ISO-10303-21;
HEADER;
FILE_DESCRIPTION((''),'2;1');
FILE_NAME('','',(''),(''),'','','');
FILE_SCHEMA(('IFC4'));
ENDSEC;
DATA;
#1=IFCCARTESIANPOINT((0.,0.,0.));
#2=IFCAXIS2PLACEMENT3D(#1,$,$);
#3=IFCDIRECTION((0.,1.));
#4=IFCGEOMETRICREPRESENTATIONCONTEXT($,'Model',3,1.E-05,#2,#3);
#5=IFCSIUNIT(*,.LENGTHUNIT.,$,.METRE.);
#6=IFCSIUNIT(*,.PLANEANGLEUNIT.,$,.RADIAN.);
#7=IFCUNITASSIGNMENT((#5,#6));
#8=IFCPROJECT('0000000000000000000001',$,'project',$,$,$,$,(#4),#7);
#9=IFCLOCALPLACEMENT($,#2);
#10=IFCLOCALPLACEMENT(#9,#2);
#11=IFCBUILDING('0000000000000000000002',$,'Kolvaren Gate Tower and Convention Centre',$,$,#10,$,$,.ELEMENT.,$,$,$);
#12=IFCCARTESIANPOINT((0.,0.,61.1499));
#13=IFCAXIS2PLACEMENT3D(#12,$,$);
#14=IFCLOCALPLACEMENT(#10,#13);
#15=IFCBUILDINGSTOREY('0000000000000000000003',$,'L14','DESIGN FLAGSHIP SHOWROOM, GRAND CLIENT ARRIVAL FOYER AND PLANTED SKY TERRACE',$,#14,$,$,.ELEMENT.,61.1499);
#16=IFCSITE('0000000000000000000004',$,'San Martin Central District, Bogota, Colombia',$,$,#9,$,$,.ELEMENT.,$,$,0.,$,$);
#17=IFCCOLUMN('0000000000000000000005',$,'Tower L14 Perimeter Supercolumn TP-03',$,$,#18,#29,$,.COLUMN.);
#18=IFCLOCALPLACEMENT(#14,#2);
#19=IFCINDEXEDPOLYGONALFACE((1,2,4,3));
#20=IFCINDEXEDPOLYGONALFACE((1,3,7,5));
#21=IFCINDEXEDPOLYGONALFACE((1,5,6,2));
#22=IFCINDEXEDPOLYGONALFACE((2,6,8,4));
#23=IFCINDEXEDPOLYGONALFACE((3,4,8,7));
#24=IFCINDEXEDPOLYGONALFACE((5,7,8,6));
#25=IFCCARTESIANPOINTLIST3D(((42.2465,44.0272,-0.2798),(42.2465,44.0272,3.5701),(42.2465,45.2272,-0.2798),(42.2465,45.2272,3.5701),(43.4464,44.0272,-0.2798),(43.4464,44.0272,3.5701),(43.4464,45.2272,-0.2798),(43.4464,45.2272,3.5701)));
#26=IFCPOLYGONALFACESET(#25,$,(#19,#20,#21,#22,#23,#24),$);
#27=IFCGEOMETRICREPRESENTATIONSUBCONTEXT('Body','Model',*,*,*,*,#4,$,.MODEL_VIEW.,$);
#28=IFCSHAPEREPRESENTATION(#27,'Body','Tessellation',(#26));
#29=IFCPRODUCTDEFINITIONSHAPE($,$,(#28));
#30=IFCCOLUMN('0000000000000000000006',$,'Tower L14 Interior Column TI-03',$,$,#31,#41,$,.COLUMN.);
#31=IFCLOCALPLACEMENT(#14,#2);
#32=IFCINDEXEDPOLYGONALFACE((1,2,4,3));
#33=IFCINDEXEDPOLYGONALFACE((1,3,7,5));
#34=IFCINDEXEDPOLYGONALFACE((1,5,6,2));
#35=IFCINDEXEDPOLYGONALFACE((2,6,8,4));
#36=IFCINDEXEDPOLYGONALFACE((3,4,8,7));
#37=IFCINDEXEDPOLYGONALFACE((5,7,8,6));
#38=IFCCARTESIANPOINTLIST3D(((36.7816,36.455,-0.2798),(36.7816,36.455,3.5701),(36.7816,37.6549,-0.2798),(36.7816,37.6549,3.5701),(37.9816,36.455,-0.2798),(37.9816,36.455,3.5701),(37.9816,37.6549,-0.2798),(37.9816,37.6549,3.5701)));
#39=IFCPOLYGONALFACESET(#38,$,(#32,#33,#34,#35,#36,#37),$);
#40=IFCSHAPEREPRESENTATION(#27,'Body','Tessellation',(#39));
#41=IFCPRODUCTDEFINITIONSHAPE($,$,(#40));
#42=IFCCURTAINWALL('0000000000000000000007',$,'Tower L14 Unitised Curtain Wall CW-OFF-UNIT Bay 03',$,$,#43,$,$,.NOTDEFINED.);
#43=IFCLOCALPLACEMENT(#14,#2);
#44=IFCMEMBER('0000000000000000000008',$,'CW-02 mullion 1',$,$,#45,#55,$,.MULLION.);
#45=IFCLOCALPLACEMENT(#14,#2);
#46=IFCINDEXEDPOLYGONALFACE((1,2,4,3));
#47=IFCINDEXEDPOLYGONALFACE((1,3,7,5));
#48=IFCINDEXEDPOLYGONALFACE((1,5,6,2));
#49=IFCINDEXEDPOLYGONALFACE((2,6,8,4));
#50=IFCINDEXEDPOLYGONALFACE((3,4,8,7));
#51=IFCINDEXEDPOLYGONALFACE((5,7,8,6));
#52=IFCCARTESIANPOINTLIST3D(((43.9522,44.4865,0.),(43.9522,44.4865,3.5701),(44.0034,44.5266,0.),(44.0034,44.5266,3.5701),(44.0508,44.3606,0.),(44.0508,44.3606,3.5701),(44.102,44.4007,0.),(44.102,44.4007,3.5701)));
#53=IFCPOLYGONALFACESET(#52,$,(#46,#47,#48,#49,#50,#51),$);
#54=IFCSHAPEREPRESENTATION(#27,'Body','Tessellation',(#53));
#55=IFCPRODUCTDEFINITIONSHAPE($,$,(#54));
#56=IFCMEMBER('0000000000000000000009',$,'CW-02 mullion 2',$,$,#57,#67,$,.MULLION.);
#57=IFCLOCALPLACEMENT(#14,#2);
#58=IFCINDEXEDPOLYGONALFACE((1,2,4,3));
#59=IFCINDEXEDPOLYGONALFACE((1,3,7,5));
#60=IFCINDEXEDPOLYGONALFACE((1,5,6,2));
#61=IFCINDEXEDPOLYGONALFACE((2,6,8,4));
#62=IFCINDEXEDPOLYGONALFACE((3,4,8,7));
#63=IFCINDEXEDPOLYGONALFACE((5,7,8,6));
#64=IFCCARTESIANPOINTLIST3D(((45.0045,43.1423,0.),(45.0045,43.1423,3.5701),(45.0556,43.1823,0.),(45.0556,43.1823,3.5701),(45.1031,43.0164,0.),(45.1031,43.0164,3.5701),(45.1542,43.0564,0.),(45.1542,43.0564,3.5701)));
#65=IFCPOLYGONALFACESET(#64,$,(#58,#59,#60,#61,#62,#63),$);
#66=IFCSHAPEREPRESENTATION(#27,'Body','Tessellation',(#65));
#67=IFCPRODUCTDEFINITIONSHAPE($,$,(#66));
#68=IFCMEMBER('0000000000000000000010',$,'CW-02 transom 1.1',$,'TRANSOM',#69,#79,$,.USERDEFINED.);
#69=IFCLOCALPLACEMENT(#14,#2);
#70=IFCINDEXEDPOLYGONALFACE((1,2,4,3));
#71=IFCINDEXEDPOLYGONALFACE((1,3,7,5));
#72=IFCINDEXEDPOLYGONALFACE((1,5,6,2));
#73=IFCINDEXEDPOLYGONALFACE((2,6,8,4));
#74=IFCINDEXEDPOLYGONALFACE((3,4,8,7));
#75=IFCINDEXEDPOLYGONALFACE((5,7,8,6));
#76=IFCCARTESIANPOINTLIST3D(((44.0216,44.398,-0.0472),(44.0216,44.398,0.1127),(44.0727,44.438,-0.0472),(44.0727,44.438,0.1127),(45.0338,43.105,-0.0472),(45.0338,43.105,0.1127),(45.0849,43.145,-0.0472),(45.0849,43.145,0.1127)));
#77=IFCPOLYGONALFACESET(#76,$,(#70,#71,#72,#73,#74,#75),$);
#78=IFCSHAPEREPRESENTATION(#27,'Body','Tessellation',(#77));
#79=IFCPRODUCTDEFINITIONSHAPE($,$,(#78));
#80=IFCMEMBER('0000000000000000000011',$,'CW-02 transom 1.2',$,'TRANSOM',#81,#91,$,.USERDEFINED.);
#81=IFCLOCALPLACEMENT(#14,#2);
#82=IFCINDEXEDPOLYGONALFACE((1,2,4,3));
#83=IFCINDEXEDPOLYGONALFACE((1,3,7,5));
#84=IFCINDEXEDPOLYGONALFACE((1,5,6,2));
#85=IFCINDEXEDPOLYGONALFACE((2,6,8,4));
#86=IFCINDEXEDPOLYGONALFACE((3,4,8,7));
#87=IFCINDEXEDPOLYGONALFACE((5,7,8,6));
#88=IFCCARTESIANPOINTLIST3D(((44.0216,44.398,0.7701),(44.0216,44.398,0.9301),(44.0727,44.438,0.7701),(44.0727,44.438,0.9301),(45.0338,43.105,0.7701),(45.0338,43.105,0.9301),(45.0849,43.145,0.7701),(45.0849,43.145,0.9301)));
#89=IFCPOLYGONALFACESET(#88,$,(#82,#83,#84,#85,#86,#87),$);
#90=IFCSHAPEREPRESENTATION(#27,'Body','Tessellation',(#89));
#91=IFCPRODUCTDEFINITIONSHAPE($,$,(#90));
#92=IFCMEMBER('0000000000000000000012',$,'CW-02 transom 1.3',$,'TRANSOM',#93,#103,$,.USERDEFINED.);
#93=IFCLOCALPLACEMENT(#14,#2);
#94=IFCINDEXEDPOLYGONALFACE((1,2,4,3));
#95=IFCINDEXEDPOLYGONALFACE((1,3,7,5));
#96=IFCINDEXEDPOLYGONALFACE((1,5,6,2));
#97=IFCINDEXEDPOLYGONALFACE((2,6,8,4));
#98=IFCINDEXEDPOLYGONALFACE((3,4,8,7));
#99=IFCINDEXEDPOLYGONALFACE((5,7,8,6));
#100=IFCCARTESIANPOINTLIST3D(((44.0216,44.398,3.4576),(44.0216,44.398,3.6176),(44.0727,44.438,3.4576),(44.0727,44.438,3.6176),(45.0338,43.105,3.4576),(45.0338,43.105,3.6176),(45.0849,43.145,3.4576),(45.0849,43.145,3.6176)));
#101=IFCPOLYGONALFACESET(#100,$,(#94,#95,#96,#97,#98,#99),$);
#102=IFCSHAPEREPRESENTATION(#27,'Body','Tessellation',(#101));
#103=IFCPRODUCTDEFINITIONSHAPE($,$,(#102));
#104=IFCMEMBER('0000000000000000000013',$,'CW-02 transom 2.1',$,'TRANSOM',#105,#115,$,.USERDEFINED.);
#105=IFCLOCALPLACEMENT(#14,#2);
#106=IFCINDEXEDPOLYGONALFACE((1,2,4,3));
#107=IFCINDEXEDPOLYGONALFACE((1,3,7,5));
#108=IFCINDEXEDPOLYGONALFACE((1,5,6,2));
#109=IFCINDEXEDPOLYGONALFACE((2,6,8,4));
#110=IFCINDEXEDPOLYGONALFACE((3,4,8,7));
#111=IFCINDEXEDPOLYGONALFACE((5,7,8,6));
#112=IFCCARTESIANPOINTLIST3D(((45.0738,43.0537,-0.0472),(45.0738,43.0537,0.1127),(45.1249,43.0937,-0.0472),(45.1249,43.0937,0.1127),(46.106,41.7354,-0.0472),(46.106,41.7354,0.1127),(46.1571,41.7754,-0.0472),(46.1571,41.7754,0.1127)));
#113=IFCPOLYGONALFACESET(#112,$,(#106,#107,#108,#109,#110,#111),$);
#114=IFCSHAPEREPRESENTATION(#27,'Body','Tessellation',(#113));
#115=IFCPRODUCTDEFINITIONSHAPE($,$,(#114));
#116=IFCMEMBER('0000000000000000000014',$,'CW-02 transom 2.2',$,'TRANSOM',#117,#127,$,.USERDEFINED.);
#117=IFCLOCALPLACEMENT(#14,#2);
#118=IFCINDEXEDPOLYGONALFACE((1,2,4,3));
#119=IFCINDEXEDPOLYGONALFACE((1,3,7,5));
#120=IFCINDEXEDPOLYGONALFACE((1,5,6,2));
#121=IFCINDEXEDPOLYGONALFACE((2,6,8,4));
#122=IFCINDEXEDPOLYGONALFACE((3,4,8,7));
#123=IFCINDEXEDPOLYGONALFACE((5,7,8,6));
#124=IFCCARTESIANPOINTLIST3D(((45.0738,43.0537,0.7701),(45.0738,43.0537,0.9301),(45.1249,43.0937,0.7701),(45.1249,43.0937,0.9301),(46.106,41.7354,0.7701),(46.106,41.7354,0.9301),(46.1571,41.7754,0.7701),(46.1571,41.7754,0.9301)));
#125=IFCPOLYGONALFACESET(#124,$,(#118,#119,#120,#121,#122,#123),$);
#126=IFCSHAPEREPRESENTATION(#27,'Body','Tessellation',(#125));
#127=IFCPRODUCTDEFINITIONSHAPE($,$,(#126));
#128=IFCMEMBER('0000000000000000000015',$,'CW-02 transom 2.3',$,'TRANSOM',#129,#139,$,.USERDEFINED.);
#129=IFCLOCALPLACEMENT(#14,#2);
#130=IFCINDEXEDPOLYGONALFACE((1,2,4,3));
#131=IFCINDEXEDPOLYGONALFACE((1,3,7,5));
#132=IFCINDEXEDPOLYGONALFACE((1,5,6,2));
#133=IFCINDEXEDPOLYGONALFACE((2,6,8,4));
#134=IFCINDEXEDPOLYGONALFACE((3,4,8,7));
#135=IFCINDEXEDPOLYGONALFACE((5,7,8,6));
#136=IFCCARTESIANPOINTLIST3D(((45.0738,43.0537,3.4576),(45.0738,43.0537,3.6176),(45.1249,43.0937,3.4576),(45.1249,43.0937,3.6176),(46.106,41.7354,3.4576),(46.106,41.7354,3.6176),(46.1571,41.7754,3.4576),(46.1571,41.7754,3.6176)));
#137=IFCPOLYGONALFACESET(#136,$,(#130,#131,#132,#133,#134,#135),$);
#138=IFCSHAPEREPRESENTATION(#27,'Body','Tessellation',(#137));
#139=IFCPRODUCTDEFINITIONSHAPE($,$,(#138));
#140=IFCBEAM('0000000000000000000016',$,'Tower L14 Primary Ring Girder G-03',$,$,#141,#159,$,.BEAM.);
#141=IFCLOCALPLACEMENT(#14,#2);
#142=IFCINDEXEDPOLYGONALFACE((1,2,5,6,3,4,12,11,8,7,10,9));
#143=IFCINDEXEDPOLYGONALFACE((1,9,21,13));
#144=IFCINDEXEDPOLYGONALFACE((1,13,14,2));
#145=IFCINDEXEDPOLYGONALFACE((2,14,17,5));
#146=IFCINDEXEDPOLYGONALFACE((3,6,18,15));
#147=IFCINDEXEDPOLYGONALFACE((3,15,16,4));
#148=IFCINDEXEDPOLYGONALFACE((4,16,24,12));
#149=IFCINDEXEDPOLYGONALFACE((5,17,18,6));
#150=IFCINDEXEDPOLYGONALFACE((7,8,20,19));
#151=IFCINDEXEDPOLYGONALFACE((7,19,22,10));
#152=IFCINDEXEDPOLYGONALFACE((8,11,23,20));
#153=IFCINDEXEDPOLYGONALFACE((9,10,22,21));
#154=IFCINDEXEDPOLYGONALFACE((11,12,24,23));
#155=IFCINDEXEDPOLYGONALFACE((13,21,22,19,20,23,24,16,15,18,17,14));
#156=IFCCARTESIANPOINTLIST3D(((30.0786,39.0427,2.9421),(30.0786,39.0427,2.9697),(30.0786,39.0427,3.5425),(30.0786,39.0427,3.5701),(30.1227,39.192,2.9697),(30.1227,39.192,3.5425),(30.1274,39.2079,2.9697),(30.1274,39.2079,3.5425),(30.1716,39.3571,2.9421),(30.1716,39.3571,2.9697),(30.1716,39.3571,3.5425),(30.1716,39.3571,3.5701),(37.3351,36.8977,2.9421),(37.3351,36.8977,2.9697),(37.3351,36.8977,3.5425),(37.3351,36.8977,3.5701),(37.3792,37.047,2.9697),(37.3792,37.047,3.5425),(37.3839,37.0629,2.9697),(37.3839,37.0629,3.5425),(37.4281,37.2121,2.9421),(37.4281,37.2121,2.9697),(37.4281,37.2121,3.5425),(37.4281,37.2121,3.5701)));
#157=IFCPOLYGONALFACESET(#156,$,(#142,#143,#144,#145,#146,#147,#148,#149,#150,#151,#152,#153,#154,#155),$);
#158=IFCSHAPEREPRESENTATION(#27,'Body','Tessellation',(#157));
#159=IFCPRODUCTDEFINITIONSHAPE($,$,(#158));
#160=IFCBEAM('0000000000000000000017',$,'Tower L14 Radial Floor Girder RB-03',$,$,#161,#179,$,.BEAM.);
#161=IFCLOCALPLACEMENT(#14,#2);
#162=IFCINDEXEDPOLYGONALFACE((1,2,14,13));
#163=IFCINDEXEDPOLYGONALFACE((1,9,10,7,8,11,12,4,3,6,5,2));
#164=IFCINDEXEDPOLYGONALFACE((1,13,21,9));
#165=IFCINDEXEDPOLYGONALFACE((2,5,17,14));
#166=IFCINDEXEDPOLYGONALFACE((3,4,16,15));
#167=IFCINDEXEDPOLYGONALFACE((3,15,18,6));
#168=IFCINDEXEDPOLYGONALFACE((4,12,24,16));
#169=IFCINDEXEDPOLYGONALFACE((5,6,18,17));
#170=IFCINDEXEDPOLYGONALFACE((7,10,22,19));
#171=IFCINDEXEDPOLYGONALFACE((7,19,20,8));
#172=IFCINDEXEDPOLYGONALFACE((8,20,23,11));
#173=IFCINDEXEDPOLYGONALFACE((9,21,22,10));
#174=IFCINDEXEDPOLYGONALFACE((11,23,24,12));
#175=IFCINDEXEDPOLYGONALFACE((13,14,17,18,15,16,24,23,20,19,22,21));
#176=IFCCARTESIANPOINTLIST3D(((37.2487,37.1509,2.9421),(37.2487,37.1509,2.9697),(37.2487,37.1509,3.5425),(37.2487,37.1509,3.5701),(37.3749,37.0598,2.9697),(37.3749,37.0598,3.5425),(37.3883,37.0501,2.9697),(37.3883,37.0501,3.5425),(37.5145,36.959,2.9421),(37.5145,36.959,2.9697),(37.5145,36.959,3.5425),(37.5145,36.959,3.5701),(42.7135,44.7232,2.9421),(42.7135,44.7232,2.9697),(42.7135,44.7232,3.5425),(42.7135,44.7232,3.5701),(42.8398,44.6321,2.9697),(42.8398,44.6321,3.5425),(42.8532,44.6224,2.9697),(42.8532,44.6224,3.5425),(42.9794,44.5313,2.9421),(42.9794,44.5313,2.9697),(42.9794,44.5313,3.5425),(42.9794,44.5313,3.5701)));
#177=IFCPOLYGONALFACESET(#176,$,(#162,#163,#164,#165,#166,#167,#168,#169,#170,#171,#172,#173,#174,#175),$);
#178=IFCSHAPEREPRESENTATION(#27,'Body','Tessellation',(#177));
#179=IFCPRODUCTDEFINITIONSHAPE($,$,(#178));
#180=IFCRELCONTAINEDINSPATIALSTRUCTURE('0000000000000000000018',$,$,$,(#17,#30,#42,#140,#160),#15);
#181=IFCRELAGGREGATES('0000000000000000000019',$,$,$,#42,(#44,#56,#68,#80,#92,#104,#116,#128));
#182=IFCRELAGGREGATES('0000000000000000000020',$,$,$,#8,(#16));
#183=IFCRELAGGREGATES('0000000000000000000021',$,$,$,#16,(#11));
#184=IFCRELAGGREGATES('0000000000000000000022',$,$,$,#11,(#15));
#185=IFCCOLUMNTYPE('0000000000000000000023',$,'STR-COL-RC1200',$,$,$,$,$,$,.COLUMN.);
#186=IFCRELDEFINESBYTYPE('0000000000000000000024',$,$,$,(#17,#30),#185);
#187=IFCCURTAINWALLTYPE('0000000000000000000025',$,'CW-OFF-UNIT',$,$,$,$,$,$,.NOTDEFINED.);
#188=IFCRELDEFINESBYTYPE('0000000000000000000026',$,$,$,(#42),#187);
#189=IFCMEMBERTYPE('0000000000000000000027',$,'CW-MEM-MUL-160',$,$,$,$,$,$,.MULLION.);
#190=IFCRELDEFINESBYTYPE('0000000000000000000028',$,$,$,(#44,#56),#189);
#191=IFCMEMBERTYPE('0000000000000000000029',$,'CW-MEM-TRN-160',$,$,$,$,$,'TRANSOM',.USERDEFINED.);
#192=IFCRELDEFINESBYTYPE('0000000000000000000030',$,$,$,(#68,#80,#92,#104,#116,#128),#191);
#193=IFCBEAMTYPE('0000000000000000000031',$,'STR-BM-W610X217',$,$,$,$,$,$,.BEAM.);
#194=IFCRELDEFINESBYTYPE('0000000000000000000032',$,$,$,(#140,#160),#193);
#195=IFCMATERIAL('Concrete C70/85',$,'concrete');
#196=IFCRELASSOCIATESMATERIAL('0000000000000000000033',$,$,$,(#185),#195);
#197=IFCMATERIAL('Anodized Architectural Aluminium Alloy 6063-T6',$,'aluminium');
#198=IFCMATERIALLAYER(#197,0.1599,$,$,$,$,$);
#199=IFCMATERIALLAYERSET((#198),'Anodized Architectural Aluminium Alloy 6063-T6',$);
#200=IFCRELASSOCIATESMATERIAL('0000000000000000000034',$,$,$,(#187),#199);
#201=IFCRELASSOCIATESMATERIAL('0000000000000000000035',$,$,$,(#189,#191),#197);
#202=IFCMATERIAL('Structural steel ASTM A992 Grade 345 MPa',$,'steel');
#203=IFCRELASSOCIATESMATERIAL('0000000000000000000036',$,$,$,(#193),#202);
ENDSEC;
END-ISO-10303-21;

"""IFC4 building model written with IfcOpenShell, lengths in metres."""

from ifc_helpers import new_model, si_unit, direction, frame, origin, origin_2d, place, context, subcontext, project, spatial, rectangle, i_section, extrude, material, layer, layer_set, material_profile, profile_set, type_object, element, aggregate, save


model = new_model("IFC4")

# Units and contexts
model_context = context("Model", 3, precision=1e-05, world=origin(), true_north=direction((0.0, 1.0)))
body_context = subcontext(model_context, "Body", "Model", "MODEL_VIEW")
ifc_project = project(units=[si_unit("LENGTHUNIT", "METRE"), si_unit("PLANEANGLEUNIT", "RADIAN")], contexts=[model_context])

# Site, building, storey
site_placement = place(None, origin())
site = spatial("IfcSite", under=ifc_project, at=site_placement, Name="San Martin Central District, Bogota, Colombia", CompositionType="ELEMENT", RefElevation=0.0)
building_placement = place(site_placement, origin())
building = spatial("IfcBuilding", under=site, at=building_placement, Name="Kolvaren Gate Tower and Convention Centre", CompositionType="ELEMENT")
storey_placement = place(building_placement, frame((0.0, 0.0, 61.1499)))
storey = spatial("IfcBuildingStorey", under=building, at=storey_placement, Name="L14", Description="DESIGN FLAGSHIP SHOWROOM, GRAND CLIENT ARRIVAL FOYER AND PLANTED SKY TERRACE", CompositionType="ELEMENT", Elevation=61.1499)

# Columns
ifc_material_1 = material(Name="Concrete C70/85", Category="concrete")
ifc_material_profile_1 = material_profile(ifc_material_1, rectangle(XDim=1.2, YDim=1.2, at=origin_2d()), Name="RC-COL-1200X1200")
ifc_profile_set_1 = profile_set([ifc_material_profile_1], Name="Concrete C70/85")
column_type = type_object("IfcColumnType", Name="STR-COL-RC1200", PredefinedType="COLUMN", material=ifc_profile_set_1)
for number, where, z_axis, x_axis, name in (
    (1, (42.8464, 44.6272, -0.2798), (0.0, 0.0, 1.0), (1.0, 0.0, 0.0), "Tower L14 Perimeter Supercolumn TP-03"),
    (2, (37.3816, 37.0549, -0.2798), (0.0, 0.0, 1.0), (1.0, 0.0, 0.0), "Tower L14 Interior Column TI-03"),
):
    element("IfcColumn", number, at=place(storey_placement, frame(where, z_axis=z_axis, x_axis=x_axis)), inside=storey, type_object=column_type, Name=name, PredefinedType="COLUMN", context=body_context, shape_type="SweptSolid", body=[
        extrude(rectangle(XDim=1.2, YDim=1.2, at=origin_2d()), origin(), (0.0, 0.0, 1.0), 3.8499),
    ])

# Curtain wall, members
ifc_material_2 = material(Name="Anodized Architectural Aluminium Alloy 6063-T6", Category="aluminium")
ifc_layer_1 = layer(ifc_material_2, 0.1599)
ifc_layer_set_1 = layer_set([ifc_layer_1], Name="Anodized Architectural Aluminium Alloy 6063-T6")
curtain_wall_type = type_object("IfcCurtainWallType", Name="CW-OFF-UNIT", PredefinedType="NOTDEFINED", material=ifc_layer_set_1)
curtain_wall_placement = place(storey_placement, origin())
curtain_wall = element("IfcCurtainWall", 3, at=curtain_wall_placement, inside=storey, type_object=curtain_wall_type, Name="Tower L14 Unitised Curtain Wall CW-OFF-UNIT Bay 03", PredefinedType="NOTDEFINED")
ifc_material_profile_2 = material_profile(ifc_material_2, rectangle(XDim=0.0649, YDim=0.1599, at=origin_2d()), Name="CW-MEM-MUL-160")
ifc_profile_set_2 = profile_set([ifc_material_profile_2], Name="Anodized Architectural Aluminium Alloy 6063-T6")
member_type_1 = type_object("IfcMemberType", Name="CW-MEM-MUL-160", PredefinedType="MULLION", material=ifc_profile_set_2)
member_1_placement = place(storey_placement, frame((44.0271, 44.4436, 0.0), z_axis=(0.0, 0.0, 1.0), x_axis=(0.787406, 0.616434, 0.0)))
member_1 = element("IfcMember", 4, at=member_1_placement, type_object=member_type_1, Name="CW-02 mullion 1", PredefinedType="MULLION", context=body_context, shape_type="SweptSolid", body=[
    extrude(rectangle(XDim=0.0649, YDim=0.1599, at=origin_2d()), origin(), (0.0, 0.0, 1.0), 3.5701),
])
member_2_placement = place(storey_placement, frame((45.0793, 43.0994, 0.0), z_axis=(0.0, 0.0, 1.0), x_axis=(0.787406, 0.616434, 0.0)))
member_2 = element("IfcMember", 5, at=member_2_placement, type_object=member_type_1, Name="CW-02 mullion 2", PredefinedType="MULLION", context=body_context, shape_type="SweptSolid", body=[
    extrude(rectangle(XDim=0.0649, YDim=0.1599, at=origin_2d()), origin(), (0.0, 0.0, 1.0), 3.5701),
])
ifc_material_profile_3 = material_profile(ifc_material_2, rectangle(XDim=0.0649, YDim=0.1599, at=origin_2d()), Name="CW-MEM-TRN-160")
ifc_profile_set_3 = profile_set([ifc_material_profile_3], Name="Anodized Architectural Aluminium Alloy 6063-T6")
member_type_2 = type_object("IfcMemberType", Name="CW-MEM-TRN-160", ElementType="TRANSOM", PredefinedType="USERDEFINED", material=ifc_profile_set_3)
member_3_placement = place(storey_placement, frame((44.0471, 44.418, 0.0327), z_axis=(0.616429, -0.787411, 0.0), x_axis=(0.787411, 0.616429, 0.0)))
member_3 = element("IfcMember", 6, at=member_3_placement, type_object=member_type_2, Name="CW-02 transom 1.1", ObjectType="TRANSOM", PredefinedType="USERDEFINED", context=body_context, shape_type="SweptSolid", body=[
    extrude(rectangle(XDim=0.0649, YDim=0.1599, at=origin_2d()), origin(), (0.0, 0.0, 1.0), 1.6421),
])
member_4_placement = place(storey_placement, frame((44.0471, 44.418, 0.8501), z_axis=(0.616429, -0.787411, 0.0), x_axis=(0.787411, 0.616429, 0.0)))
member_4 = element("IfcMember", 7, at=member_4_placement, type_object=member_type_2, Name="CW-02 transom 1.2", ObjectType="TRANSOM", PredefinedType="USERDEFINED", context=body_context, shape_type="SweptSolid", body=[
    extrude(rectangle(XDim=0.0649, YDim=0.1599, at=origin_2d()), origin(), (0.0, 0.0, 1.0), 1.6421),
])
member_5_placement = place(storey_placement, frame((44.0471, 44.418, 3.5376), z_axis=(0.616429, -0.787411, 0.0), x_axis=(0.787411, 0.616429, 0.0)))
member_5 = element("IfcMember", 8, at=member_5_placement, type_object=member_type_2, Name="CW-02 transom 1.3", ObjectType="TRANSOM", PredefinedType="USERDEFINED", context=body_context, shape_type="SweptSolid", body=[
    extrude(rectangle(XDim=0.0649, YDim=0.1599, at=origin_2d()), origin(), (0.0, 0.0, 1.0), 1.6421),
])
member_6_placement = place(storey_placement, frame((45.0994, 43.0737, 0.0327), z_axis=(0.616481, -0.78737, 0.0), x_axis=(0.78737, 0.616481, 0.0)))
member_6 = element("IfcMember", 9, at=member_6_placement, type_object=member_type_2, Name="CW-02 transom 2.1", ObjectType="TRANSOM", PredefinedType="USERDEFINED", context=body_context, shape_type="SweptSolid", body=[
    extrude(rectangle(XDim=0.0649, YDim=0.1599, at=origin_2d()), origin(), (0.0, 0.0, 1.0), 1.6743),
])
member_7_placement = place(storey_placement, frame((45.0994, 43.0737, 0.8501), z_axis=(0.616481, -0.78737, 0.0), x_axis=(0.78737, 0.616481, 0.0)))
member_7 = element("IfcMember", 10, at=member_7_placement, type_object=member_type_2, Name="CW-02 transom 2.2", ObjectType="TRANSOM", PredefinedType="USERDEFINED", context=body_context, shape_type="SweptSolid", body=[
    extrude(rectangle(XDim=0.0649, YDim=0.1599, at=origin_2d()), origin(), (0.0, 0.0, 1.0), 1.6743),
])
member_8_placement = place(storey_placement, frame((45.0994, 43.0737, 3.5376), z_axis=(0.616481, -0.78737, 0.0), x_axis=(0.78737, 0.616481, 0.0)))
member_8 = element("IfcMember", 11, at=member_8_placement, type_object=member_type_2, Name="CW-02 transom 2.3", ObjectType="TRANSOM", PredefinedType="USERDEFINED", context=body_context, shape_type="SweptSolid", body=[
    extrude(rectangle(XDim=0.0649, YDim=0.1599, at=origin_2d()), origin(), (0.0, 0.0, 1.0), 1.6743),
])

# Beams
ifc_material_3 = material(Name="Structural steel ASTM A992 Grade 345 MPa", Category="steel")
ifc_material_profile_4 = material_profile(ifc_material_3, i_section(OverallWidth=0.3279, OverallDepth=0.6279, WebThickness=0.0166, FlangeThickness=0.0276, at=origin_2d()), Name="W610X217")
ifc_profile_set_4 = profile_set([ifc_material_profile_4], Name="Structural steel ASTM A992 Grade 345 MPa")
beam_type_1 = type_object("IfcBeamType", Name="STR-BM-W610X217", PredefinedType="BEAM", material=ifc_profile_set_4)
beam_1_placement = place(storey_placement, frame((37.3816, 37.0549, 3.2561), z_axis=(-0.958981, 0.283471, 0.0), x_axis=(-0.283471, -0.958981, 0.0)))
element("IfcBeam", 12, at=beam_1_placement, inside=storey, type_object=beam_type_1, Name="Tower L14 Primary Ring Girder G-03", PredefinedType="BEAM", context=body_context, shape_type="SweptSolid", body=[
    extrude(i_section(OverallWidth=0.3279, OverallDepth=0.6279, WebThickness=0.0166, FlangeThickness=0.0276, at=origin_2d()), origin(), (0.0, 0.0, 1.0), 7.5669),
])
beam_2_placement = place(storey_placement, frame((37.3816, 37.0549, 3.2561), z_axis=(0.585208, 0.810883, 0.0), x_axis=(-0.810883, 0.585208, 0.0)))
element("IfcBeam", 13, at=beam_2_placement, inside=storey, type_object=beam_type_1, Name="Tower L14 Radial Floor Girder RB-03", PredefinedType="BEAM", context=body_context, shape_type="SweptSolid", body=[
    extrude(i_section(OverallWidth=0.3279, OverallDepth=0.6279, WebThickness=0.0166, FlangeThickness=0.0276, at=origin_2d()), origin(), (0.0, 0.0, 1.0), 9.3384),
])

aggregate(curtain_wall, [member_1, member_2, member_3, member_4, member_5, member_6, member_7, member_8])

save(model, "model.ifc")
